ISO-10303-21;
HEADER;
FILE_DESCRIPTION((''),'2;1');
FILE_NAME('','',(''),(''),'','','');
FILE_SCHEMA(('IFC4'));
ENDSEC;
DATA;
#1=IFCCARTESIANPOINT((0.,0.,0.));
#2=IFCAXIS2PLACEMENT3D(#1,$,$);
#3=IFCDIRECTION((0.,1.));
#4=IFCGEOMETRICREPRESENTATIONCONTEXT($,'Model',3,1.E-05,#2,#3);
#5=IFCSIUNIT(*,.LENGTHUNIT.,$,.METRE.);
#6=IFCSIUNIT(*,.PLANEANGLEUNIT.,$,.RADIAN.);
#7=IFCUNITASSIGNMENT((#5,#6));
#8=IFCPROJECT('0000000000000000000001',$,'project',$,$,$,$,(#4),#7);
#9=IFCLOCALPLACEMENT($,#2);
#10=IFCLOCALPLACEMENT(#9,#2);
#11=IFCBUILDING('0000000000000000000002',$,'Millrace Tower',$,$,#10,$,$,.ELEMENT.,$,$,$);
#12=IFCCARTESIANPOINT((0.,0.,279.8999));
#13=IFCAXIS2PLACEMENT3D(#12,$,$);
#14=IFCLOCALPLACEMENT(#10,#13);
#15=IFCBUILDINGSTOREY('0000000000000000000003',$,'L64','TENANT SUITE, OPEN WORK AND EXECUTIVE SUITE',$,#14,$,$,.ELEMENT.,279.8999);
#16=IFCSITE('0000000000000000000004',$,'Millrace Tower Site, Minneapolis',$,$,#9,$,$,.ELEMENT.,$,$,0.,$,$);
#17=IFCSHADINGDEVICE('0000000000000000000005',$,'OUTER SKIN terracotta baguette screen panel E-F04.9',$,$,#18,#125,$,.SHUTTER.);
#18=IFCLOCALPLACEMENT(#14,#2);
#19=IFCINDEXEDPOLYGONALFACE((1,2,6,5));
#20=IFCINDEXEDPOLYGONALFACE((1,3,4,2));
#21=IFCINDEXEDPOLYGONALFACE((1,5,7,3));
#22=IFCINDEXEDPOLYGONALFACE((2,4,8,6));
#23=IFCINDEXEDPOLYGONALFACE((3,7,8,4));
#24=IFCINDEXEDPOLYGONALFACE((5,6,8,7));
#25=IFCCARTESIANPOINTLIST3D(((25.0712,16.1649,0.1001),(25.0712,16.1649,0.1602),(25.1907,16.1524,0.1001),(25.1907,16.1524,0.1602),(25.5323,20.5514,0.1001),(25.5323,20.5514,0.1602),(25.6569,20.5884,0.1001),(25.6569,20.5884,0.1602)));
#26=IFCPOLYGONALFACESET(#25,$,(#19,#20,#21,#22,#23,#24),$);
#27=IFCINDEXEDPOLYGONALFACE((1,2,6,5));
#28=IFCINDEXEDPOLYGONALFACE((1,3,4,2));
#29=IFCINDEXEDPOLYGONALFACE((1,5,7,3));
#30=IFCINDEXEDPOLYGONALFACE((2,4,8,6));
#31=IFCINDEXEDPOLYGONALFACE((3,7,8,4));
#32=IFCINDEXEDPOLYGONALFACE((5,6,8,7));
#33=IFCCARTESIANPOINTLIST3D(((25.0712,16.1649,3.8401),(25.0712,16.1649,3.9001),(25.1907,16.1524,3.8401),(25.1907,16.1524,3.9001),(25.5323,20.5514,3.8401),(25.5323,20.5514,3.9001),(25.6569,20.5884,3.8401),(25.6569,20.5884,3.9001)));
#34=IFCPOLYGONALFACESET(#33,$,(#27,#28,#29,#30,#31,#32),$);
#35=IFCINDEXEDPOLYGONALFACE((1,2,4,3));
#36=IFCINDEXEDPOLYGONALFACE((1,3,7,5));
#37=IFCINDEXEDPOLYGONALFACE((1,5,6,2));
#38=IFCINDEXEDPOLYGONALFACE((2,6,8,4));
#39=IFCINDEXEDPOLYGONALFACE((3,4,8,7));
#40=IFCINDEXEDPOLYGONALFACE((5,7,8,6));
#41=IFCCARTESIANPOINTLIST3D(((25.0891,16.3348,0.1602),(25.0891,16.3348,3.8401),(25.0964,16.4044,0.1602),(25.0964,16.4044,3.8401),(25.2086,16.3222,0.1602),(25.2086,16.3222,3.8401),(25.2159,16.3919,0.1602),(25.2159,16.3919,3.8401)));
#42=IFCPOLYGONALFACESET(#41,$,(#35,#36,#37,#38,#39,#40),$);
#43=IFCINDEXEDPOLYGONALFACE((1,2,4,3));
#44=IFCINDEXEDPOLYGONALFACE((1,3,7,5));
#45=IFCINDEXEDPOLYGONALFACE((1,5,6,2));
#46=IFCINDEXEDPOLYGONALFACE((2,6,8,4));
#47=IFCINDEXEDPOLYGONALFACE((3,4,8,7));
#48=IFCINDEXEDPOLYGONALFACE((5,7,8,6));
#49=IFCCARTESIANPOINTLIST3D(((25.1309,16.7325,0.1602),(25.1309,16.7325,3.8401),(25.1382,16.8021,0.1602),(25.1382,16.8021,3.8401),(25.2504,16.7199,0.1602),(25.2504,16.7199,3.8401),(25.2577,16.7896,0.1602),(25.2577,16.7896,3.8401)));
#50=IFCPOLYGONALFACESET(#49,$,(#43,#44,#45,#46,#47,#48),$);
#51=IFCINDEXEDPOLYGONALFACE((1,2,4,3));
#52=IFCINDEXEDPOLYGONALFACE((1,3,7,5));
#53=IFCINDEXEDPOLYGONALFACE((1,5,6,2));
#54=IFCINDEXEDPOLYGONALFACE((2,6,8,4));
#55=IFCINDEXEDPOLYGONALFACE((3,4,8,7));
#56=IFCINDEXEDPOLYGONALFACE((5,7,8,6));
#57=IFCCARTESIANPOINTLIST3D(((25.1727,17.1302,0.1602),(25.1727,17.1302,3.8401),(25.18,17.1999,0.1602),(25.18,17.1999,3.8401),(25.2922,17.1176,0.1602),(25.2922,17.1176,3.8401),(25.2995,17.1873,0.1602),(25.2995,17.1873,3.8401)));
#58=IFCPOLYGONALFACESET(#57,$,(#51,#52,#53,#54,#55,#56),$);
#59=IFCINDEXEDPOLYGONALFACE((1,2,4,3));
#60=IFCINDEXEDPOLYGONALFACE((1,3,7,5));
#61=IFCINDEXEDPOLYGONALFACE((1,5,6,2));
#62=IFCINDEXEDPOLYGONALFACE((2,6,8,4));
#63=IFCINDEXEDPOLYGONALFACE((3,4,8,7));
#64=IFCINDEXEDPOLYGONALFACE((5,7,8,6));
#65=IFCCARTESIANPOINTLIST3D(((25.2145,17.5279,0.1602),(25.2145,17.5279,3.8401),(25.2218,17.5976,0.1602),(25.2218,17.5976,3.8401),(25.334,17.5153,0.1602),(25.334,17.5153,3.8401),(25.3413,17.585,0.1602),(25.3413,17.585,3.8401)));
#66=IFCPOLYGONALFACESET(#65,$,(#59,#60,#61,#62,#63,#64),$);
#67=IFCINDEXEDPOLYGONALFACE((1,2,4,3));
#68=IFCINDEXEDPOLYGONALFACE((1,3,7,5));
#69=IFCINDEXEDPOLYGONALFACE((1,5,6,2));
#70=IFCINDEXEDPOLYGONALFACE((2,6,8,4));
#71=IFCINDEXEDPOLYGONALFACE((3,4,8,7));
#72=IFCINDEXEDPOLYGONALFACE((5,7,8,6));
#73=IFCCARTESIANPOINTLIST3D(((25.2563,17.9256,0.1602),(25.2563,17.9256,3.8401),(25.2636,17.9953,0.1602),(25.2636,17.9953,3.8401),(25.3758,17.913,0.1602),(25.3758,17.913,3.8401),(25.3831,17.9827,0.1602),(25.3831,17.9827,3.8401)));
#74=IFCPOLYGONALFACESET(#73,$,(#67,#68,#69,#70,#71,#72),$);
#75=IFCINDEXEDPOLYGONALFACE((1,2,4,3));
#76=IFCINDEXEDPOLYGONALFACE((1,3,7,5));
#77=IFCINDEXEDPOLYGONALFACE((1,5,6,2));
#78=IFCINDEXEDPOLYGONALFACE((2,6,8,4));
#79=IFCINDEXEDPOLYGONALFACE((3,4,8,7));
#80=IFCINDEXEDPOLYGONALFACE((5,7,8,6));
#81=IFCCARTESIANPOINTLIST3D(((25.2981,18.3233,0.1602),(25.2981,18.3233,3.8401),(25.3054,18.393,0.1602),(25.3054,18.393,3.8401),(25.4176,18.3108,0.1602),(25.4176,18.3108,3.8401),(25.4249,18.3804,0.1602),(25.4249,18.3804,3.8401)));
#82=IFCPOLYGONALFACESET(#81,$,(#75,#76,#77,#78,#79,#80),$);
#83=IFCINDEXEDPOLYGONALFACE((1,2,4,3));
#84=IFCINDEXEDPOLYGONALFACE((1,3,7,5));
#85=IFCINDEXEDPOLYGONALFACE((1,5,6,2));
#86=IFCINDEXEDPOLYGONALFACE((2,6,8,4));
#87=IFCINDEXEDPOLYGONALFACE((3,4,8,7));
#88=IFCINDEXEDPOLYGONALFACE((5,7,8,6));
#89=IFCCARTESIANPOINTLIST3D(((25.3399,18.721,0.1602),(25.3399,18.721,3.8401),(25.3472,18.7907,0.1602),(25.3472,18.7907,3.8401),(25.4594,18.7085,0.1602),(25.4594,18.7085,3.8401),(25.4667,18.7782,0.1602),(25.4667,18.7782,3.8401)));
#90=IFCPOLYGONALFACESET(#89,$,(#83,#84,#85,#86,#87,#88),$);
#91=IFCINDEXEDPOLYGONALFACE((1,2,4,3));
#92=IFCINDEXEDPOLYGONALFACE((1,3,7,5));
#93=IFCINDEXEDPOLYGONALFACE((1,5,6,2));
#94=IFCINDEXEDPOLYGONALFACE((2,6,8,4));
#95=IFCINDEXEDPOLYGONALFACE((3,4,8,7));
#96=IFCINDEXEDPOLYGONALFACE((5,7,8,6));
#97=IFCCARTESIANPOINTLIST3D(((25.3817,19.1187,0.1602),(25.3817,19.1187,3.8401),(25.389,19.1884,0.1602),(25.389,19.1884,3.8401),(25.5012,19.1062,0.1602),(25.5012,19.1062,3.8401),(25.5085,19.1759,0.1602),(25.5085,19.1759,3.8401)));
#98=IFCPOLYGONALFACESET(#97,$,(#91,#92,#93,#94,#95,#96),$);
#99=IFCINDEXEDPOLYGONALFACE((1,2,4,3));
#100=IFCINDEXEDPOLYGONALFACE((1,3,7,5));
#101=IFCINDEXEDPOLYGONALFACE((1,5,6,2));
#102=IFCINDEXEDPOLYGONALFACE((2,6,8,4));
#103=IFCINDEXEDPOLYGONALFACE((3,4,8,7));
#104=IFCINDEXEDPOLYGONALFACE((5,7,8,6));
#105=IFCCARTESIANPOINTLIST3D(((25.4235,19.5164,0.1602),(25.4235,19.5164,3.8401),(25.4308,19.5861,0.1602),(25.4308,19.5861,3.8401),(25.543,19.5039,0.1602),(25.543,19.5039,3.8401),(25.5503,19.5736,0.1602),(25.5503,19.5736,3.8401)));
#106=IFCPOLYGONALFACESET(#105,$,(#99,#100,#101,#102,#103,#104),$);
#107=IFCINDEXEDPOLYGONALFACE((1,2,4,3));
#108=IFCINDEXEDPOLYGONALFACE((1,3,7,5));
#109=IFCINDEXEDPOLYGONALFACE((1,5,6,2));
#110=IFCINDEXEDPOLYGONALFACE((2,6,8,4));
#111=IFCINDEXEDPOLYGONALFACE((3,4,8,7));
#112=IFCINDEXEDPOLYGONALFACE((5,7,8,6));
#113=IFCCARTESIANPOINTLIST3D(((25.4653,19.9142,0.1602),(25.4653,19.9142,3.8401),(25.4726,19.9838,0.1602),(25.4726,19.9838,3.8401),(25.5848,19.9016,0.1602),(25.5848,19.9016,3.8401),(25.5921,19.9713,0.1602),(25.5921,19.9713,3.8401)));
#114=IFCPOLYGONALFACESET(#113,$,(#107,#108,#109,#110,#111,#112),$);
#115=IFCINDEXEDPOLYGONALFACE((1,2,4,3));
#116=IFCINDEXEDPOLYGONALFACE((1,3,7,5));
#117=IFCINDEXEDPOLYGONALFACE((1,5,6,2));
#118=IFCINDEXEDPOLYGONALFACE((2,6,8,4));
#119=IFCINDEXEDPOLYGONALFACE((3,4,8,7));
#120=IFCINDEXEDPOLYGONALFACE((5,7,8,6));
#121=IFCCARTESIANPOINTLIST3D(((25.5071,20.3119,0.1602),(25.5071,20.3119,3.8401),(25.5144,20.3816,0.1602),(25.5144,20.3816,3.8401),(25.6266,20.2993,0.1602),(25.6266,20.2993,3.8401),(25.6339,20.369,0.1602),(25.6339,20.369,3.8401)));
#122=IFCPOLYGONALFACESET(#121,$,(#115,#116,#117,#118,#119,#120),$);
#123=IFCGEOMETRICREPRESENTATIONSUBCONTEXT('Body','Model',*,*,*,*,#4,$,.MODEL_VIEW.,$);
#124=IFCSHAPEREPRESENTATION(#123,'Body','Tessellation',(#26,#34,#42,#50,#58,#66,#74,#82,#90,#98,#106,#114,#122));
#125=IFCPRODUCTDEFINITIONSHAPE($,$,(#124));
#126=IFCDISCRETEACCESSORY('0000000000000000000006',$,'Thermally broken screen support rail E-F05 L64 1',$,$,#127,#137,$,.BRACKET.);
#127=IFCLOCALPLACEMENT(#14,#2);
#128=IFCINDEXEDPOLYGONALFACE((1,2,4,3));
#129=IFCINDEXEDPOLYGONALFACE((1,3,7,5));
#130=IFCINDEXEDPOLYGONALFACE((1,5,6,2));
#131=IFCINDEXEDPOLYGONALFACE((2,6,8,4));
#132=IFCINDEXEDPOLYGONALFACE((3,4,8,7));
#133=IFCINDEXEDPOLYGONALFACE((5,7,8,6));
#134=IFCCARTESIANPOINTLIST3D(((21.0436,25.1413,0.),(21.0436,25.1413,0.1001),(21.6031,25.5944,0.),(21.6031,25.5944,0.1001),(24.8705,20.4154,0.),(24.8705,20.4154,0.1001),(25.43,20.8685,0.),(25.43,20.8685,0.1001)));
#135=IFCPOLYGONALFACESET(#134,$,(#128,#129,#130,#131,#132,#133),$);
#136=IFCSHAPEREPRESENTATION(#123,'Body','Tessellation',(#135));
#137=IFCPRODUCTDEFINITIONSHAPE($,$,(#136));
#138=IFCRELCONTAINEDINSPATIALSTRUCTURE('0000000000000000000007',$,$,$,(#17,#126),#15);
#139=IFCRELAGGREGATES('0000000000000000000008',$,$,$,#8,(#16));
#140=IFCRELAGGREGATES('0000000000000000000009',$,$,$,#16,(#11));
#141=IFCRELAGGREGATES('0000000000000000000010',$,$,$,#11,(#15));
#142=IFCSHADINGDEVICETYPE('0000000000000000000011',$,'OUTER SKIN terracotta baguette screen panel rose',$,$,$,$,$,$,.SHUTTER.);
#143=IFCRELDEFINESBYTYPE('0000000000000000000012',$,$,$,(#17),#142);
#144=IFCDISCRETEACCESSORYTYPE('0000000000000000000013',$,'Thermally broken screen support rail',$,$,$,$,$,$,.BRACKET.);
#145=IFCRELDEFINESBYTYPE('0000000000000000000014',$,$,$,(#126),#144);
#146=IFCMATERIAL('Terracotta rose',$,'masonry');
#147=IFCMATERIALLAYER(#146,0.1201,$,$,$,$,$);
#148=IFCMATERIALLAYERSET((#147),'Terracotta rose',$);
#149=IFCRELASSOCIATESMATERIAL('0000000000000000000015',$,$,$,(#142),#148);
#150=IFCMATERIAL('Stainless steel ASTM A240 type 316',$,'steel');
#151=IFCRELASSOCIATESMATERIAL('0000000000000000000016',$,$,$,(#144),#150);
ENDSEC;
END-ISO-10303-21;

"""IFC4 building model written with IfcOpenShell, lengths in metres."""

from ifc_helpers import new_model, entity, si_unit, direction, frame, frame_2d, origin, origin_2d, place, context, subcontext, project, spatial, rectangle, extrude, source, transform, mapped, material, layer, layer_set, type_object, element, save


model = new_model("IFC4")

# Units and contexts
model_context = context("Model", 3, precision=1e-05, world=origin(), true_north=direction((0.0, 1.0)))
body_context = subcontext(model_context, "Body", "Model", "MODEL_VIEW")
ifc_project = project(units=[si_unit("LENGTHUNIT", "METRE"), si_unit("PLANEANGLEUNIT", "RADIAN")], contexts=[model_context])

# Site, building, storey
site_placement = place(None, origin())
site = spatial("IfcSite", under=ifc_project, at=site_placement, Name="Millrace Tower Site, Minneapolis", CompositionType="ELEMENT", RefElevation=0.0)
building_placement = place(site_placement, origin())
building = spatial("IfcBuilding", under=site, at=building_placement, Name="Millrace Tower", CompositionType="ELEMENT")
storey_placement = place(building_placement, frame((0.0, 0.0, 279.8999)))
storey = spatial("IfcBuildingStorey", under=building, at=storey_placement, Name="L64", Description="TENANT SUITE, OPEN WORK AND EXECUTIVE SUITE", CompositionType="ELEMENT", Elevation=279.8999)

# Shading device
ifc_material_1 = material(Name="Terracotta rose", Category="masonry")
ifc_layer_1 = layer(ifc_material_1, 0.1201)
ifc_layer_set_1 = layer_set([ifc_layer_1], Name="Terracotta rose")
shading_device_type = type_object("IfcShadingDeviceType", Name="OUTER SKIN terracotta baguette screen panel rose", PredefinedType="SHUTTER", material=ifc_layer_set_1)
cartesian_point_1 = entity("IfcCartesianPoint", [-2.2178, 0.0601])
shared_polyline_1 = entity("IfcPolyline", [cartesian_point_1, entity("IfcCartesianPoint", [2.1929, 0.0601]), entity("IfcCartesianPoint", [2.2427, -0.0601]), entity("IfcCartesianPoint", [-2.2178, -0.0601]), cartesian_point_1])
shared_shape_1 = source(origin(), body_context, "Body", "SweptSolid", [
    entity("IfcExtrudedAreaSolid", entity("IfcArbitraryClosedProfileDef", "AREA", None, shared_polyline_1), entity("IfcAxis2Placement3D", entity("IfcCartesianPoint", [0.0, 0.0, 0.0])), entity("IfcDirection", [0.0, 0.0, 1.0]), 0.0601),
    entity("IfcExtrudedAreaSolid", entity("IfcArbitraryClosedProfileDef", "AREA", None, shared_polyline_1), entity("IfcAxis2Placement3D", entity("IfcCartesianPoint", [0.0, 0.0, 3.74])), entity("IfcDirection", [0.0, 0.0, 1.0]), 0.0601),
    extrude(rectangle(XDim=0.0701, YDim=0.1201, at=frame_2d((-2.012, 0.0))), frame((0.0, 0.0, 0.0601)), (0.0, 0.0, 1.0), 3.6799),
    extrude(rectangle(XDim=0.0701, YDim=0.1201, at=frame_2d((-1.6121, 0.0))), frame((0.0, 0.0, 0.0601)), (0.0, 0.0, 1.0), 3.6799),
    extrude(rectangle(XDim=0.0701, YDim=0.1201, at=frame_2d((-1.2122, 0.0))), frame((0.0, 0.0, 0.0601)), (0.0, 0.0, 1.0), 3.6799),
    extrude(rectangle(XDim=0.0701, YDim=0.1201, at=frame_2d((-0.8123, 0.0))), frame((0.0, 0.0, 0.0601)), (0.0, 0.0, 1.0), 3.6799),
    extrude(rectangle(XDim=0.0701, YDim=0.1201, at=frame_2d((-0.4124, 0.0))), frame((0.0, 0.0, 0.0601)), (0.0, 0.0, 1.0), 3.6799),
    extrude(rectangle(XDim=0.0701, YDim=0.1201, at=frame_2d((-0.0125, 0.0))), frame((0.0, 0.0, 0.0601)), (0.0, 0.0, 1.0), 3.6799),
    extrude(rectangle(XDim=0.0701, YDim=0.1201, at=frame_2d((0.3875, 0.0))), frame((0.0, 0.0, 0.0601)), (0.0, 0.0, 1.0), 3.6799),
    extrude(rectangle(XDim=0.0701, YDim=0.1201, at=frame_2d((0.7874, 0.0))), frame((0.0, 0.0, 0.0601)), (0.0, 0.0, 1.0), 3.6799),
    extrude(rectangle(XDim=0.0701, YDim=0.1201, at=frame_2d((1.1873, 0.0))), frame((0.0, 0.0, 0.0601)), (0.0, 0.0, 1.0), 3.6799),
    extrude(rectangle(XDim=0.0701, YDim=0.1201, at=frame_2d((1.5872, 0.0))), frame((0.0, 0.0, 0.0601)), (0.0, 0.0, 1.0), 3.6799),
    extrude(rectangle(XDim=0.0701, YDim=0.1201, at=frame_2d((1.9871, 0.0))), frame((0.0, 0.0, 0.0601)), (0.0, 0.0, 1.0), 3.6799),
])
shading_device_1_placement = place(storey_placement, frame((25.3628, 18.3643, 0.1001), z_axis=(0.0, 0.0, 1.0), x_axis=(0.104528, 0.994522, 0.0)))
element("IfcShadingDevice", 1, at=shading_device_1_placement, inside=storey, type_object=shading_device_type, Name="OUTER SKIN terracotta baguette screen panel E-F04.9", PredefinedType="SHUTTER", context=body_context, shape_type="MappedRepresentation", body=[
    mapped(shared_shape_1, transform((0.0, 0.0, 0.0), scale=1.0)),
])

# Discrete accessory
ifc_material_2 = material(Name="Stainless steel ASTM A240 type 316", Category="steel")
discrete_accessory_type = type_object("IfcDiscreteAccessoryType", Name="Thermally broken screen support rail", PredefinedType="BRACKET", material=ifc_material_2)
discrete_accessory_placement = place(storey_placement, frame((23.2368, 23.0049, 0.0), z_axis=(0.0, 0.0, 1.0), x_axis=(-0.62932, 0.777146, 0.0)))
element("IfcDiscreteAccessory", 2, at=discrete_accessory_placement, inside=storey, type_object=discrete_accessory_type, Name="Thermally broken screen support rail E-F05 L64 1", PredefinedType="BRACKET", context=body_context, shape_type="SweptSolid", body=[
    extrude(rectangle(XDim=6.0811, YDim=0.72, at=origin_2d()), origin(), (0.0, 0.0, 1.0), 0.1001),
])

save(model, "model.ifc")
